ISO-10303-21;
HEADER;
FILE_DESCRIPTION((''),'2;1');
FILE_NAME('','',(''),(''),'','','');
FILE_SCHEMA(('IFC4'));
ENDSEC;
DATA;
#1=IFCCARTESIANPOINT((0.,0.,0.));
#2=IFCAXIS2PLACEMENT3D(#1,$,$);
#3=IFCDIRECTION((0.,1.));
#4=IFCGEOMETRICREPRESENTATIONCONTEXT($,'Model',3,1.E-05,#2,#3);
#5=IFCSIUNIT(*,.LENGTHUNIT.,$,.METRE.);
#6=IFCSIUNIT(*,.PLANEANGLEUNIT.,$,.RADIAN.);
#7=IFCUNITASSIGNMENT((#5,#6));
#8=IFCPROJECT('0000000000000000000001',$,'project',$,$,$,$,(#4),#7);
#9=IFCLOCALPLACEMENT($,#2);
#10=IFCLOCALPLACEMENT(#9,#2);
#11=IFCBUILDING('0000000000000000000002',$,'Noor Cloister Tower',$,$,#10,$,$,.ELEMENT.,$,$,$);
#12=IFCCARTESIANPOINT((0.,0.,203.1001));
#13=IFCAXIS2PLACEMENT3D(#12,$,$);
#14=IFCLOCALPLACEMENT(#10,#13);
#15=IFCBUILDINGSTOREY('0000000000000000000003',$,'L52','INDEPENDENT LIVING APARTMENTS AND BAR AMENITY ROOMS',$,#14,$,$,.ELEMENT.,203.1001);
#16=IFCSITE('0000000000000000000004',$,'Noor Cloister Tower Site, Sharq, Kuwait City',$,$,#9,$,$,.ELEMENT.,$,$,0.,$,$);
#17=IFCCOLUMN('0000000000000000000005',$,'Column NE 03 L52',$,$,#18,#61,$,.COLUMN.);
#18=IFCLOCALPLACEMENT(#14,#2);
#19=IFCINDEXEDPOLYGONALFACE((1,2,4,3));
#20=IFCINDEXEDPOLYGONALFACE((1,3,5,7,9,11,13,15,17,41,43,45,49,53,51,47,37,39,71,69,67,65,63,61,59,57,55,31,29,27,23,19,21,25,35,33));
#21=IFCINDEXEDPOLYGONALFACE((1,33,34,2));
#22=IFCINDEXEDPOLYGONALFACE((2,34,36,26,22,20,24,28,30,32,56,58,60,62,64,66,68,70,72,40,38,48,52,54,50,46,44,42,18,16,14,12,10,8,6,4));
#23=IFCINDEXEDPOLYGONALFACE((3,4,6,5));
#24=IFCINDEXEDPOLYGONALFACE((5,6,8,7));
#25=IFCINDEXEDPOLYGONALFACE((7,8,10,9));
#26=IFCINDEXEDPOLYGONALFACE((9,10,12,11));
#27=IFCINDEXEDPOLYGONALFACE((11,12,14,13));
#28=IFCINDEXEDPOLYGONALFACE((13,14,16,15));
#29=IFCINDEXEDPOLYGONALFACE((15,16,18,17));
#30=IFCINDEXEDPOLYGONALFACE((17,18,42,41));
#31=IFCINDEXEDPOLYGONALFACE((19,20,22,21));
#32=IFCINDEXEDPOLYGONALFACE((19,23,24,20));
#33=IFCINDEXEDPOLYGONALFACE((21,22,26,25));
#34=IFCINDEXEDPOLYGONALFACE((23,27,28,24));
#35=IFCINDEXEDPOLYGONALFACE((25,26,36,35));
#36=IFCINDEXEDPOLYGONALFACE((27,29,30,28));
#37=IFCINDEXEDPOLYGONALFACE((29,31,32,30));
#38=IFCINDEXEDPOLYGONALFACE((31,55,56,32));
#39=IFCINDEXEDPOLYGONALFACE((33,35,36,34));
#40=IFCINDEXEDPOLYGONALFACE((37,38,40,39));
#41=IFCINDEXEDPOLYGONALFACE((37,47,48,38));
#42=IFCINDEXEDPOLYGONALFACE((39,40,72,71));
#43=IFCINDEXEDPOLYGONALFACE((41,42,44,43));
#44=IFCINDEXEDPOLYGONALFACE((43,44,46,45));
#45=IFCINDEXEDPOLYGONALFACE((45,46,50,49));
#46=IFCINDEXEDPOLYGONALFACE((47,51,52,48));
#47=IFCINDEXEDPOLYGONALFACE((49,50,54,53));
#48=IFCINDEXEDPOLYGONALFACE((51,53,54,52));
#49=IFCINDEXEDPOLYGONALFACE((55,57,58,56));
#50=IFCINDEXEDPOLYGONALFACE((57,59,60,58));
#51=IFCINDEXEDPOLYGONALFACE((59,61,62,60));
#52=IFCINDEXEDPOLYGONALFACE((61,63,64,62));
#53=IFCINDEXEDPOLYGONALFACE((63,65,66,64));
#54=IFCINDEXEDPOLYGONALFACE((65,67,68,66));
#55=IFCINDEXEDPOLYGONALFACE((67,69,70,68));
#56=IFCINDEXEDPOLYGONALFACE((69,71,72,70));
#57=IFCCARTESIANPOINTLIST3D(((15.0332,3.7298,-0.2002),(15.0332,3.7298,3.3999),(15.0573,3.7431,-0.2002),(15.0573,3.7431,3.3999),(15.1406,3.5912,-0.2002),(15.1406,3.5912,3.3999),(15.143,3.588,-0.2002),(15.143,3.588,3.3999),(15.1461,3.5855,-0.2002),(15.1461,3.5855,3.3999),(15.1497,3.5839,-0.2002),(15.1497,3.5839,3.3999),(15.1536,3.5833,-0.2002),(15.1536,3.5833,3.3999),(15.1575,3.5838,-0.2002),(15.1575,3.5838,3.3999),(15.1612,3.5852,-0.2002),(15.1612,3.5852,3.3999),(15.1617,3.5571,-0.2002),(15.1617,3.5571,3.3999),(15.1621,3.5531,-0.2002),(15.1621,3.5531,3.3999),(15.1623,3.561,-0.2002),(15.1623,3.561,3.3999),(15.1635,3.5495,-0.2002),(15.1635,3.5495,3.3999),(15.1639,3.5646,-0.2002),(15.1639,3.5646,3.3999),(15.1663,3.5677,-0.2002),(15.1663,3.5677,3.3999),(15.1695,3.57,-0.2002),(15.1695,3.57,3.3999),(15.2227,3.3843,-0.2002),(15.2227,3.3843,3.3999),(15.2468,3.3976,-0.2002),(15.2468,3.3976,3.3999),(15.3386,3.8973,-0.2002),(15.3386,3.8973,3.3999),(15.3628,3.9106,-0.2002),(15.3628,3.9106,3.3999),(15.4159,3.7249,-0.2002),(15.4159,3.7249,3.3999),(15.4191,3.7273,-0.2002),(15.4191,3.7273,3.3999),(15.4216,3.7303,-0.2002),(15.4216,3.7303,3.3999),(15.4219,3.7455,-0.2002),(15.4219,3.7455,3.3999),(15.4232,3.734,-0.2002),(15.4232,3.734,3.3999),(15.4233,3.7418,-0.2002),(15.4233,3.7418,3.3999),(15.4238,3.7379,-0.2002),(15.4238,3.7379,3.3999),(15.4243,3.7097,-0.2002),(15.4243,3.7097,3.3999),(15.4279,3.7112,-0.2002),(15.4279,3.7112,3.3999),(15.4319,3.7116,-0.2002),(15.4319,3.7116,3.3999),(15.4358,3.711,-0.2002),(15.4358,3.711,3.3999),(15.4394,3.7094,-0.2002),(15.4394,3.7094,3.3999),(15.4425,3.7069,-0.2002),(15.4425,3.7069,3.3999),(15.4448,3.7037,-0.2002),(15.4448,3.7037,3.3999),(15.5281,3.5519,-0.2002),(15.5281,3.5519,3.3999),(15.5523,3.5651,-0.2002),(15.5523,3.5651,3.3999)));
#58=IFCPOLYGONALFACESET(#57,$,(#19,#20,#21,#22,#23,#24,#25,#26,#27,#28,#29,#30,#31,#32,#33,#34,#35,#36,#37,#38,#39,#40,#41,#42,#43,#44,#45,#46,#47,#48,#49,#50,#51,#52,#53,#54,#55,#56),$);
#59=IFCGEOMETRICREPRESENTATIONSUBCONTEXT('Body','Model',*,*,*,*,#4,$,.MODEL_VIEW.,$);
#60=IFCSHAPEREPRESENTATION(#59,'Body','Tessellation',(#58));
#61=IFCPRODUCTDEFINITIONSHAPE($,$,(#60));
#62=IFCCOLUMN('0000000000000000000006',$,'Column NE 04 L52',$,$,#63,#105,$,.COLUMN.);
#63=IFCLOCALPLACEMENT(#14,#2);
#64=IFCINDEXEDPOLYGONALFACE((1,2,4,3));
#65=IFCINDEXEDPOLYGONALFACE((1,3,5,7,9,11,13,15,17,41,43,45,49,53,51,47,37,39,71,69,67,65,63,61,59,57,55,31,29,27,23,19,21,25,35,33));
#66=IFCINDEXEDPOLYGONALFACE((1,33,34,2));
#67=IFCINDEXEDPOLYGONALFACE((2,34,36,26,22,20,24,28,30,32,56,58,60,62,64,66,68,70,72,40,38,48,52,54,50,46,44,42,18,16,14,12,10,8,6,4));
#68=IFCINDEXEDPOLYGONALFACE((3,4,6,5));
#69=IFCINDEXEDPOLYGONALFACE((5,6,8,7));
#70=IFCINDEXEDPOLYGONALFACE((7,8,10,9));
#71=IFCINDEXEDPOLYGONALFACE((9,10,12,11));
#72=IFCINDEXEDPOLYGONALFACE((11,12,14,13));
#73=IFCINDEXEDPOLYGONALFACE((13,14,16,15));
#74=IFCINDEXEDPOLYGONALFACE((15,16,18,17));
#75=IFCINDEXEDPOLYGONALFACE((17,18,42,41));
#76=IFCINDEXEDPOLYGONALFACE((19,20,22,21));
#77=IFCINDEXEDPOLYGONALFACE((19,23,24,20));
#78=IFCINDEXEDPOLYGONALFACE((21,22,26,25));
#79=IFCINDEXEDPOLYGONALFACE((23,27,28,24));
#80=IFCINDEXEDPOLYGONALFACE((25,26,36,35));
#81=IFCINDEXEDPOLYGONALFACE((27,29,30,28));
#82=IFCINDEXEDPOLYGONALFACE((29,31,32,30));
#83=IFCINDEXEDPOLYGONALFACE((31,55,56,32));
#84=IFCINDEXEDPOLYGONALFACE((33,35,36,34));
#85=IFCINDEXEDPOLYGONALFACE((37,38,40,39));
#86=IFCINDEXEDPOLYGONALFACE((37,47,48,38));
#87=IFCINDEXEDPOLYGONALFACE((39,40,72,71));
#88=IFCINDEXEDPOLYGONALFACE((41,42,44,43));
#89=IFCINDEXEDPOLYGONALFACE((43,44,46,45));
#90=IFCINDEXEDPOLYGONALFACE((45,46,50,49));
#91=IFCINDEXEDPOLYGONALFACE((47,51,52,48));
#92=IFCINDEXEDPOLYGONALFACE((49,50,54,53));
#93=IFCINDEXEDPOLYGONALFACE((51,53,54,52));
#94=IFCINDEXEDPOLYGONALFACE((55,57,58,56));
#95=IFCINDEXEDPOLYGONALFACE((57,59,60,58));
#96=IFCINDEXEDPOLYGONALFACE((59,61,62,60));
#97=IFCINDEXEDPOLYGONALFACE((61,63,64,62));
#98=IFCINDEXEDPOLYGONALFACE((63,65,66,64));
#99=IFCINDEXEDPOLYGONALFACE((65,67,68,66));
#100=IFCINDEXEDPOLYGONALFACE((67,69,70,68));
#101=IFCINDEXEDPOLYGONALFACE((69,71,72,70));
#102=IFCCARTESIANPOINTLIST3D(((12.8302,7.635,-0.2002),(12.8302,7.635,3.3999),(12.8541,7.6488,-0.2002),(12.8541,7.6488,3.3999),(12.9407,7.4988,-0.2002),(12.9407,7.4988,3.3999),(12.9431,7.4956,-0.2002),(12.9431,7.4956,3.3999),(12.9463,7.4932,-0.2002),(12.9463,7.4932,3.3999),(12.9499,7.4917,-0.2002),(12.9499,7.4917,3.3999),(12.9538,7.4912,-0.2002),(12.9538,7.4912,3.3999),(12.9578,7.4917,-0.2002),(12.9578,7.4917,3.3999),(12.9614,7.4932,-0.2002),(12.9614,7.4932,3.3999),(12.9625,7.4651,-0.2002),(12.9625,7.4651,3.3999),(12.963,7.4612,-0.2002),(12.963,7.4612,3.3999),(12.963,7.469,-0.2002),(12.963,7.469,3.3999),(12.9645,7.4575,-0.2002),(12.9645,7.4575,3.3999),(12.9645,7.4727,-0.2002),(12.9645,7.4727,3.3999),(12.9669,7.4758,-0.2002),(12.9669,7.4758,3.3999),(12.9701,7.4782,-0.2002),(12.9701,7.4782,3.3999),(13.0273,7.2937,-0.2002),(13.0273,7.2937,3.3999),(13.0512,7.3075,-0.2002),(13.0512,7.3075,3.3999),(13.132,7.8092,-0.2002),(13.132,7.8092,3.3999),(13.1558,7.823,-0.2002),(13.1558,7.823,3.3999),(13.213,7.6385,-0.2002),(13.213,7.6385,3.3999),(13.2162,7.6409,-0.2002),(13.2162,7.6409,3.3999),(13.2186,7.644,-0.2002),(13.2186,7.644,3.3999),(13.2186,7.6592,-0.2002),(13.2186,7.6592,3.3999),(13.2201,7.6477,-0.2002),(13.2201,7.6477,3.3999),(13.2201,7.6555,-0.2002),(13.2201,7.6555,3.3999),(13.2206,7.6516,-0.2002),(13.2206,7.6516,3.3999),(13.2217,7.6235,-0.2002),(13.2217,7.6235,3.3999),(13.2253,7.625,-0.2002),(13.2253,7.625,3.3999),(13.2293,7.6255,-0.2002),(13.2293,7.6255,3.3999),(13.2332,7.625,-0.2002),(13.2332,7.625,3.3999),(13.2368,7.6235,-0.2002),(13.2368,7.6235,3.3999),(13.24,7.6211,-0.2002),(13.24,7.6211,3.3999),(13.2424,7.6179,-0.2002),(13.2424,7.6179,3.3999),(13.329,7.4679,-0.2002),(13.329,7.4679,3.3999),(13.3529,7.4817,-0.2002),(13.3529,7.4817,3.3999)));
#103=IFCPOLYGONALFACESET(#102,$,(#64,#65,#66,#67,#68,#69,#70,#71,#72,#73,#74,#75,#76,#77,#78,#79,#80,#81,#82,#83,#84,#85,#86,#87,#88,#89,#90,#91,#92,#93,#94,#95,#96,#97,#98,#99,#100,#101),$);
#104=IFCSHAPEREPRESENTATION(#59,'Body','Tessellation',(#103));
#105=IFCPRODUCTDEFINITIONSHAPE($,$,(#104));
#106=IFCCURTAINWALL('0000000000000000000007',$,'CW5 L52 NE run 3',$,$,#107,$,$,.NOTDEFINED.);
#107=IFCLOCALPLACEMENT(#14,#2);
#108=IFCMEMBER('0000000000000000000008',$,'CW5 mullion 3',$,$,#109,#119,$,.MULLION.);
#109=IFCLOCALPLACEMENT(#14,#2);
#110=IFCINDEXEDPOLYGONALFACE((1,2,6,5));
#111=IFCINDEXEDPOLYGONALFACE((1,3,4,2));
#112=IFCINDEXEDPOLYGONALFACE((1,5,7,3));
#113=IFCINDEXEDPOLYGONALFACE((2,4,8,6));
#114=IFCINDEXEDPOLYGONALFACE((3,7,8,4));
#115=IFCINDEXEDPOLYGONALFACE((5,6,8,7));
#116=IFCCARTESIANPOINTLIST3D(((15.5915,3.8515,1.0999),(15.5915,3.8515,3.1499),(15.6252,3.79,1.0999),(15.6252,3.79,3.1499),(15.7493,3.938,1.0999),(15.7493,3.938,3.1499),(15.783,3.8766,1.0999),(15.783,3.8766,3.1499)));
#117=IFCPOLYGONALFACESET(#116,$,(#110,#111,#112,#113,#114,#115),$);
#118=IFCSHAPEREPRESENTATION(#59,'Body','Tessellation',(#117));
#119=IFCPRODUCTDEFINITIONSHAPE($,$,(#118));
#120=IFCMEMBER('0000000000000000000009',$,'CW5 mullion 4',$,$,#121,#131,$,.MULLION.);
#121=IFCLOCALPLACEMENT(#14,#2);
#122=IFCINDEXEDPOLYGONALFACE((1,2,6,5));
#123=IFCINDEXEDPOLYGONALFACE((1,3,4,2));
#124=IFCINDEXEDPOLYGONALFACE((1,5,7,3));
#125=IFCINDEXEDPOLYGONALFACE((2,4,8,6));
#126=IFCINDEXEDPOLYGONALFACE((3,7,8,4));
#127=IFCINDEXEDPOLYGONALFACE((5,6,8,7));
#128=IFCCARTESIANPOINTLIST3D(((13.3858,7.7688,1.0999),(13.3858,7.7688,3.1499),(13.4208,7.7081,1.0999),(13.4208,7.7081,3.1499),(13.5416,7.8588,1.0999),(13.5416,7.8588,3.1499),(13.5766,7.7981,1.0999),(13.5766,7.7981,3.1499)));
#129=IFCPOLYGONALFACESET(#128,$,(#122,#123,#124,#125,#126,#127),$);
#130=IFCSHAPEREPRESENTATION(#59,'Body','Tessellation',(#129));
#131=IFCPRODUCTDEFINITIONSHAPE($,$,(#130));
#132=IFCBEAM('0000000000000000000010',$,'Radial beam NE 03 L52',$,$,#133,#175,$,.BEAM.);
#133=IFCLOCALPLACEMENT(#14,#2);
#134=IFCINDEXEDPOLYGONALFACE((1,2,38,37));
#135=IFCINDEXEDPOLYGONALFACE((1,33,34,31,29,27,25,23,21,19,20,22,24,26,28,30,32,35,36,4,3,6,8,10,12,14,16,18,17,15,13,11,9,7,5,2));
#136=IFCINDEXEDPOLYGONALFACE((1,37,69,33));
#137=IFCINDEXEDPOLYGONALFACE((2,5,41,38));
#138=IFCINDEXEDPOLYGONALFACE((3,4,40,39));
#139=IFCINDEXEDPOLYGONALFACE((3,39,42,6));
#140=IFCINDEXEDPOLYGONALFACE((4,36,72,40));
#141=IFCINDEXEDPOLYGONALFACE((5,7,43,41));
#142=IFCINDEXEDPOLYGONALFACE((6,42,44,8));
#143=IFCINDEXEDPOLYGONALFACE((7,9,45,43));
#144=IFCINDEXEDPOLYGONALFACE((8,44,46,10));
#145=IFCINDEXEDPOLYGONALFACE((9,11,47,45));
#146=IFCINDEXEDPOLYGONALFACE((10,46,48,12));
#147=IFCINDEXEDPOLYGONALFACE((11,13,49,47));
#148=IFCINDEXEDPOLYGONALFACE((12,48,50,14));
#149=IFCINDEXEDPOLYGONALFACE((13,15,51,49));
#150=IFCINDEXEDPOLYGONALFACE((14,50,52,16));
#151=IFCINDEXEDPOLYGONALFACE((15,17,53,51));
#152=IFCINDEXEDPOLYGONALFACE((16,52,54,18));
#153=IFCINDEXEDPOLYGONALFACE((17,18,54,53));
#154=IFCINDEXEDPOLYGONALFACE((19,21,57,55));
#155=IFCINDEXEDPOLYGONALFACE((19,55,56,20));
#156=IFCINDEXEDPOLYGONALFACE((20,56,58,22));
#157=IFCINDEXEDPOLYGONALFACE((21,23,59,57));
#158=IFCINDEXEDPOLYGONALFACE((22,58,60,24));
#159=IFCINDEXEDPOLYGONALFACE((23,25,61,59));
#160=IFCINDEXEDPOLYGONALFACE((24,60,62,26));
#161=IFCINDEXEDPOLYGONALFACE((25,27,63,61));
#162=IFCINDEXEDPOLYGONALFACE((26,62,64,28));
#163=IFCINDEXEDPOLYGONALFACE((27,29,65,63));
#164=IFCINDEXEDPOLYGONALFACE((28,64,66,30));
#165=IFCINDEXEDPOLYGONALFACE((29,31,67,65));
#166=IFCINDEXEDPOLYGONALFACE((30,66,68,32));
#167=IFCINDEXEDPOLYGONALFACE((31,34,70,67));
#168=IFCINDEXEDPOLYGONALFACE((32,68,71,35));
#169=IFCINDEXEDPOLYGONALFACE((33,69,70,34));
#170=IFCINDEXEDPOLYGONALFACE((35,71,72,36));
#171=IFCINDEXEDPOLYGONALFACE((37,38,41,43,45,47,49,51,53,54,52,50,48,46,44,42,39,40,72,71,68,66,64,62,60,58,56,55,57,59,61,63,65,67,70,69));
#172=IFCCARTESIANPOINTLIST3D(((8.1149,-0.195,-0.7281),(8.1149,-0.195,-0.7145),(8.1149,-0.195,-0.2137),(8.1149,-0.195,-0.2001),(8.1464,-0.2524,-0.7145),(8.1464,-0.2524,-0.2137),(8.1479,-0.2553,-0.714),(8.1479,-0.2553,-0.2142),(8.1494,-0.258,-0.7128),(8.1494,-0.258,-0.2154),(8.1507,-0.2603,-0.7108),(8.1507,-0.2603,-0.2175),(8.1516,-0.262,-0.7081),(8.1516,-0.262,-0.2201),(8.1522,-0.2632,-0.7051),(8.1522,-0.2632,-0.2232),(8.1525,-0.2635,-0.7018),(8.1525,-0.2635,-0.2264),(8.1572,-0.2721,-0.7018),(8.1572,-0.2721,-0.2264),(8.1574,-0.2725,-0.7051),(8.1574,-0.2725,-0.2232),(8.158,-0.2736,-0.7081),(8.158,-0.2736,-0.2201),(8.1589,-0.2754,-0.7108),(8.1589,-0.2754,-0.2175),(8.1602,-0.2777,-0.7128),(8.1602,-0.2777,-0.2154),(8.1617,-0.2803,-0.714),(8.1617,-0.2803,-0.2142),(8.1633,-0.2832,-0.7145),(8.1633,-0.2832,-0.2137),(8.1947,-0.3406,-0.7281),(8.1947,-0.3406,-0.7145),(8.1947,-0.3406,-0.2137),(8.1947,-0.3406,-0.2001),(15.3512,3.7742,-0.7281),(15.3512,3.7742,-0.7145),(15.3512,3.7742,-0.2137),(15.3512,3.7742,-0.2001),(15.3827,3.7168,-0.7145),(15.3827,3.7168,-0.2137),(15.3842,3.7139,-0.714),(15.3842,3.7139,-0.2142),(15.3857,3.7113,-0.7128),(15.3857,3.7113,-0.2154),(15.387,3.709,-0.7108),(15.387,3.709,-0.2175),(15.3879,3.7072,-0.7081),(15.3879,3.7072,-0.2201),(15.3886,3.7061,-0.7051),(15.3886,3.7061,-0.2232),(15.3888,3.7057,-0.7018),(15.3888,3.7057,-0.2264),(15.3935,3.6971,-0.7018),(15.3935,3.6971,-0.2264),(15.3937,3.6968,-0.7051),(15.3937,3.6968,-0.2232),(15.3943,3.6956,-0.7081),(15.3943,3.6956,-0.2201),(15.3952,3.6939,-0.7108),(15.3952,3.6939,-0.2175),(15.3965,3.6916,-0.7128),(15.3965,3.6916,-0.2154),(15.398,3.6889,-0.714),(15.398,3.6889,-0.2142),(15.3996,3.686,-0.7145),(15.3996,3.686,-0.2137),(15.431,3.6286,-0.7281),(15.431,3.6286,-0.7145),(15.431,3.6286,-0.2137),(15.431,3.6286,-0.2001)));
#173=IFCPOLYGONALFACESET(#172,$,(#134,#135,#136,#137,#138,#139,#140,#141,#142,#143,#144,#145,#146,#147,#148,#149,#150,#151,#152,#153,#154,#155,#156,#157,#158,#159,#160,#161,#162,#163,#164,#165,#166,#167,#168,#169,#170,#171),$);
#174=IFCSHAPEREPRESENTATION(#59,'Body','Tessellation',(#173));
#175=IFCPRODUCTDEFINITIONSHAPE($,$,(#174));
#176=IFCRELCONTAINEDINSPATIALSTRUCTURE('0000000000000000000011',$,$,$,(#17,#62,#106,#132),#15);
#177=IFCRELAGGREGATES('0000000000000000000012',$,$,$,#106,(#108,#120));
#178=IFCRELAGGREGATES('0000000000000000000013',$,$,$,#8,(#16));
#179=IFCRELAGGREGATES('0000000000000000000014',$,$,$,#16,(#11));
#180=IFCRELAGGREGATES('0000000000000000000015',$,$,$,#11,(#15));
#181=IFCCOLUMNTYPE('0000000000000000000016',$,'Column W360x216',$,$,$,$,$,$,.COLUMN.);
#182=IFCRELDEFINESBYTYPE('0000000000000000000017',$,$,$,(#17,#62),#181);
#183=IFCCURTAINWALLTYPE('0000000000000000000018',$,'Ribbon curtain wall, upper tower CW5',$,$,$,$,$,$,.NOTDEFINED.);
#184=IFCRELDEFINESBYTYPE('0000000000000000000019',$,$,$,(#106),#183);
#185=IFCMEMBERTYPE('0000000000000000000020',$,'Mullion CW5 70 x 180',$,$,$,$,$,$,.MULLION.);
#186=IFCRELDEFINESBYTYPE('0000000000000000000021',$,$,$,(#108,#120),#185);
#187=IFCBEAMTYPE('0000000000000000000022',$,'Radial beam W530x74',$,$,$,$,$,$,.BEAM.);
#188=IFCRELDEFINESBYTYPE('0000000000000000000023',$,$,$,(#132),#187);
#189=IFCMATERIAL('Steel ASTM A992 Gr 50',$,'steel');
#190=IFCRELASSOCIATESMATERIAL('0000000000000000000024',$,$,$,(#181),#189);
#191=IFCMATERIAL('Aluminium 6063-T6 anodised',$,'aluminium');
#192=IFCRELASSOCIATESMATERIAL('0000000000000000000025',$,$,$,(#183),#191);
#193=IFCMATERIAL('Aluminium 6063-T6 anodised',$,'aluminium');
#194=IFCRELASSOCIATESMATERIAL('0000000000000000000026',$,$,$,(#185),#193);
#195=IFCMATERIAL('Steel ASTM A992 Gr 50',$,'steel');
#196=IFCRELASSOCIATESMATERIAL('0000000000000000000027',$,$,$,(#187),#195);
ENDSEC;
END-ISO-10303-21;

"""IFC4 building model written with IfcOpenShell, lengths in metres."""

from ifc_helpers import new_model, si_unit, direction, frame, origin, origin_2d, place, context, subcontext, project, spatial, rectangle, i_section, extrude, material, material_profile, profile_set, type_object, element, aggregate, save


model = new_model("IFC4")

# Units and contexts
model_context = context("Model", 3, precision=1e-05, world=origin(), true_north=direction((0.0, 1.0)))
body_context = subcontext(model_context, "Body", "Model", "MODEL_VIEW")
ifc_project = project(units=[si_unit("LENGTHUNIT", "METRE"), si_unit("PLANEANGLEUNIT", "RADIAN")], contexts=[model_context])

# Site, building, storey
site_placement = place(None, origin())
site = spatial("IfcSite", under=ifc_project, at=site_placement, Name="Noor Cloister Tower Site, Sharq, Kuwait City", CompositionType="ELEMENT", RefElevation=0.0)
building_placement = place(site_placement, origin())
building = spatial("IfcBuilding", under=site, at=building_placement, Name="Noor Cloister Tower", CompositionType="ELEMENT")
storey_placement = place(building_placement, frame((0.0, 0.0, 203.1001)))
storey = spatial("IfcBuildingStorey", under=building, at=storey_placement, Name="L52", Description="INDEPENDENT LIVING APARTMENTS AND BAR AMENITY ROOMS", CompositionType="ELEMENT", Elevation=203.1001)

# Columns
ifc_material_1 = material(Name="Steel ASTM A992 Gr 50", Category="steel")
ifc_material_profile_1 = material_profile(ifc_material_1, i_section(OverallWidth=0.394, OverallDepth=0.376, WebThickness=0.0173, FlangeThickness=0.0276, FilletRadius=0.0151, at=origin_2d()), Name="W360x216")
ifc_profile_set_1 = profile_set([ifc_material_profile_1], Name="Steel ASTM A992 Gr 50")
column_type = type_object("IfcColumnType", Name="Column W360x216", PredefinedType="COLUMN", material=ifc_profile_set_1)
for number, where, z_axis, x_axis, name in (
    (1, (15.2927, 3.6475, -0.2002), (0.0, 0.0, 1.0), (-0.480923, 0.876763, 0.0), "Column NE 03 L52"),
    (2, (13.0916, 7.5583, -0.2002), (0.0, 0.0, 1.0), (-0.5, 0.866025, 0.0), "Column NE 04 L52"),
):
    element("IfcColumn", number, at=place(storey_placement, frame(where, z_axis=z_axis, x_axis=x_axis)), inside=storey, type_object=column_type, Name=name, PredefinedType="COLUMN", context=body_context, shape_type="SweptSolid", body=[
        extrude(i_section(OverallWidth=0.394, OverallDepth=0.376, WebThickness=0.0173, FlangeThickness=0.0276, FilletRadius=0.0151, at=origin_2d()), origin(), (0.0, 0.0, 1.0), 3.6001),
    ])

# Curtain wall, members
ifc_material_2 = material(Name="Aluminium 6063-T6 anodised", Category="aluminium")
curtain_wall_type = type_object("IfcCurtainWallType", Name="Ribbon curtain wall, upper tower CW5", PredefinedType="NOTDEFINED", material=ifc_material_2)
curtain_wall_placement = place(storey_placement, origin())
curtain_wall = element("IfcCurtainWall", 3, at=curtain_wall_placement, inside=storey, type_object=curtain_wall_type, Name="CW5 L52 NE run 3", PredefinedType="NOTDEFINED")
ifc_material_3 = material(Name="Aluminium 6063-T6 anodised", Category="aluminium")
ifc_material_profile_2 = material_profile(ifc_material_3, rectangle(XDim=0.1799, YDim=0.0701, at=origin_2d()), Name="180 x 70 mullion")
ifc_profile_set_2 = profile_set([ifc_material_profile_2], Name="Aluminium 6063-T6 anodised")
member_type = type_object("IfcMemberType", Name="Mullion CW5 70 x 180", PredefinedType="MULLION", material=ifc_profile_set_2)
member_1_placement = place(storey_placement, frame((15.6873, 3.864, 1.0999), z_axis=(0.0, 0.0, 1.0), x_axis=(-0.876763, -0.480923, 0.0)))
member_1 = element("IfcMember", 4, at=member_1_placement, type_object=member_type, Name="CW5 mullion 3", PredefinedType="MULLION", context=body_context, shape_type="SweptSolid", body=[
    extrude(rectangle(XDim=0.1799, YDim=0.0701, at=origin_2d()), origin(), (0.0, 0.0, 1.0), 2.05),
])
member_2_placement = place(storey_placement, frame((13.4812, 7.7834, 1.0999), z_axis=(0.0, 0.0, 1.0), x_axis=(-0.866025, -0.5, 0.0)))
member_2 = element("IfcMember", 5, at=member_2_placement, type_object=member_type, Name="CW5 mullion 4", PredefinedType="MULLION", context=body_context, shape_type="SweptSolid", body=[
    extrude(rectangle(XDim=0.1799, YDim=0.0701, at=origin_2d()), origin(), (0.0, 0.0, 1.0), 2.05),
])

# Beam
ifc_material_4 = material(Name="Steel ASTM A992 Gr 50", Category="steel")
ifc_material_profile_3 = material_profile(ifc_material_4, i_section(OverallWidth=0.166, OverallDepth=0.5281, WebThickness=0.0098, FlangeThickness=0.0137, FilletRadius=0.0127, at=origin_2d()), Name="W530x74")
ifc_profile_set_3 = profile_set([ifc_material_profile_3], Name="Steel ASTM A992 Gr 50")
beam_type_1 = type_object("IfcBeamType", Name="Radial beam W530x74", PredefinedType="BEAM", material=ifc_profile_set_3)
beam_1_placement = place(storey_placement, frame((15.3911, 3.7014, -0.4641), z_axis=(-0.876765, -0.480919, 0.0), x_axis=(0.480919, -0.876765, 0.0)))
element("IfcBeam", 6, at=beam_1_placement, inside=storey, type_object=beam_type_1, Name="Radial beam NE 03 L52", PredefinedType="BEAM", context=body_context, shape_type="SweptSolid", body=[
    extrude(i_section(OverallWidth=0.166, OverallDepth=0.5281, WebThickness=0.0098, FlangeThickness=0.0137, FilletRadius=0.0127, at=origin_2d()), origin(), (0.0, 0.0, 1.0), 8.2534),
])

aggregate(curtain_wall, [member_1, member_2])

save(model, "model.ifc")
